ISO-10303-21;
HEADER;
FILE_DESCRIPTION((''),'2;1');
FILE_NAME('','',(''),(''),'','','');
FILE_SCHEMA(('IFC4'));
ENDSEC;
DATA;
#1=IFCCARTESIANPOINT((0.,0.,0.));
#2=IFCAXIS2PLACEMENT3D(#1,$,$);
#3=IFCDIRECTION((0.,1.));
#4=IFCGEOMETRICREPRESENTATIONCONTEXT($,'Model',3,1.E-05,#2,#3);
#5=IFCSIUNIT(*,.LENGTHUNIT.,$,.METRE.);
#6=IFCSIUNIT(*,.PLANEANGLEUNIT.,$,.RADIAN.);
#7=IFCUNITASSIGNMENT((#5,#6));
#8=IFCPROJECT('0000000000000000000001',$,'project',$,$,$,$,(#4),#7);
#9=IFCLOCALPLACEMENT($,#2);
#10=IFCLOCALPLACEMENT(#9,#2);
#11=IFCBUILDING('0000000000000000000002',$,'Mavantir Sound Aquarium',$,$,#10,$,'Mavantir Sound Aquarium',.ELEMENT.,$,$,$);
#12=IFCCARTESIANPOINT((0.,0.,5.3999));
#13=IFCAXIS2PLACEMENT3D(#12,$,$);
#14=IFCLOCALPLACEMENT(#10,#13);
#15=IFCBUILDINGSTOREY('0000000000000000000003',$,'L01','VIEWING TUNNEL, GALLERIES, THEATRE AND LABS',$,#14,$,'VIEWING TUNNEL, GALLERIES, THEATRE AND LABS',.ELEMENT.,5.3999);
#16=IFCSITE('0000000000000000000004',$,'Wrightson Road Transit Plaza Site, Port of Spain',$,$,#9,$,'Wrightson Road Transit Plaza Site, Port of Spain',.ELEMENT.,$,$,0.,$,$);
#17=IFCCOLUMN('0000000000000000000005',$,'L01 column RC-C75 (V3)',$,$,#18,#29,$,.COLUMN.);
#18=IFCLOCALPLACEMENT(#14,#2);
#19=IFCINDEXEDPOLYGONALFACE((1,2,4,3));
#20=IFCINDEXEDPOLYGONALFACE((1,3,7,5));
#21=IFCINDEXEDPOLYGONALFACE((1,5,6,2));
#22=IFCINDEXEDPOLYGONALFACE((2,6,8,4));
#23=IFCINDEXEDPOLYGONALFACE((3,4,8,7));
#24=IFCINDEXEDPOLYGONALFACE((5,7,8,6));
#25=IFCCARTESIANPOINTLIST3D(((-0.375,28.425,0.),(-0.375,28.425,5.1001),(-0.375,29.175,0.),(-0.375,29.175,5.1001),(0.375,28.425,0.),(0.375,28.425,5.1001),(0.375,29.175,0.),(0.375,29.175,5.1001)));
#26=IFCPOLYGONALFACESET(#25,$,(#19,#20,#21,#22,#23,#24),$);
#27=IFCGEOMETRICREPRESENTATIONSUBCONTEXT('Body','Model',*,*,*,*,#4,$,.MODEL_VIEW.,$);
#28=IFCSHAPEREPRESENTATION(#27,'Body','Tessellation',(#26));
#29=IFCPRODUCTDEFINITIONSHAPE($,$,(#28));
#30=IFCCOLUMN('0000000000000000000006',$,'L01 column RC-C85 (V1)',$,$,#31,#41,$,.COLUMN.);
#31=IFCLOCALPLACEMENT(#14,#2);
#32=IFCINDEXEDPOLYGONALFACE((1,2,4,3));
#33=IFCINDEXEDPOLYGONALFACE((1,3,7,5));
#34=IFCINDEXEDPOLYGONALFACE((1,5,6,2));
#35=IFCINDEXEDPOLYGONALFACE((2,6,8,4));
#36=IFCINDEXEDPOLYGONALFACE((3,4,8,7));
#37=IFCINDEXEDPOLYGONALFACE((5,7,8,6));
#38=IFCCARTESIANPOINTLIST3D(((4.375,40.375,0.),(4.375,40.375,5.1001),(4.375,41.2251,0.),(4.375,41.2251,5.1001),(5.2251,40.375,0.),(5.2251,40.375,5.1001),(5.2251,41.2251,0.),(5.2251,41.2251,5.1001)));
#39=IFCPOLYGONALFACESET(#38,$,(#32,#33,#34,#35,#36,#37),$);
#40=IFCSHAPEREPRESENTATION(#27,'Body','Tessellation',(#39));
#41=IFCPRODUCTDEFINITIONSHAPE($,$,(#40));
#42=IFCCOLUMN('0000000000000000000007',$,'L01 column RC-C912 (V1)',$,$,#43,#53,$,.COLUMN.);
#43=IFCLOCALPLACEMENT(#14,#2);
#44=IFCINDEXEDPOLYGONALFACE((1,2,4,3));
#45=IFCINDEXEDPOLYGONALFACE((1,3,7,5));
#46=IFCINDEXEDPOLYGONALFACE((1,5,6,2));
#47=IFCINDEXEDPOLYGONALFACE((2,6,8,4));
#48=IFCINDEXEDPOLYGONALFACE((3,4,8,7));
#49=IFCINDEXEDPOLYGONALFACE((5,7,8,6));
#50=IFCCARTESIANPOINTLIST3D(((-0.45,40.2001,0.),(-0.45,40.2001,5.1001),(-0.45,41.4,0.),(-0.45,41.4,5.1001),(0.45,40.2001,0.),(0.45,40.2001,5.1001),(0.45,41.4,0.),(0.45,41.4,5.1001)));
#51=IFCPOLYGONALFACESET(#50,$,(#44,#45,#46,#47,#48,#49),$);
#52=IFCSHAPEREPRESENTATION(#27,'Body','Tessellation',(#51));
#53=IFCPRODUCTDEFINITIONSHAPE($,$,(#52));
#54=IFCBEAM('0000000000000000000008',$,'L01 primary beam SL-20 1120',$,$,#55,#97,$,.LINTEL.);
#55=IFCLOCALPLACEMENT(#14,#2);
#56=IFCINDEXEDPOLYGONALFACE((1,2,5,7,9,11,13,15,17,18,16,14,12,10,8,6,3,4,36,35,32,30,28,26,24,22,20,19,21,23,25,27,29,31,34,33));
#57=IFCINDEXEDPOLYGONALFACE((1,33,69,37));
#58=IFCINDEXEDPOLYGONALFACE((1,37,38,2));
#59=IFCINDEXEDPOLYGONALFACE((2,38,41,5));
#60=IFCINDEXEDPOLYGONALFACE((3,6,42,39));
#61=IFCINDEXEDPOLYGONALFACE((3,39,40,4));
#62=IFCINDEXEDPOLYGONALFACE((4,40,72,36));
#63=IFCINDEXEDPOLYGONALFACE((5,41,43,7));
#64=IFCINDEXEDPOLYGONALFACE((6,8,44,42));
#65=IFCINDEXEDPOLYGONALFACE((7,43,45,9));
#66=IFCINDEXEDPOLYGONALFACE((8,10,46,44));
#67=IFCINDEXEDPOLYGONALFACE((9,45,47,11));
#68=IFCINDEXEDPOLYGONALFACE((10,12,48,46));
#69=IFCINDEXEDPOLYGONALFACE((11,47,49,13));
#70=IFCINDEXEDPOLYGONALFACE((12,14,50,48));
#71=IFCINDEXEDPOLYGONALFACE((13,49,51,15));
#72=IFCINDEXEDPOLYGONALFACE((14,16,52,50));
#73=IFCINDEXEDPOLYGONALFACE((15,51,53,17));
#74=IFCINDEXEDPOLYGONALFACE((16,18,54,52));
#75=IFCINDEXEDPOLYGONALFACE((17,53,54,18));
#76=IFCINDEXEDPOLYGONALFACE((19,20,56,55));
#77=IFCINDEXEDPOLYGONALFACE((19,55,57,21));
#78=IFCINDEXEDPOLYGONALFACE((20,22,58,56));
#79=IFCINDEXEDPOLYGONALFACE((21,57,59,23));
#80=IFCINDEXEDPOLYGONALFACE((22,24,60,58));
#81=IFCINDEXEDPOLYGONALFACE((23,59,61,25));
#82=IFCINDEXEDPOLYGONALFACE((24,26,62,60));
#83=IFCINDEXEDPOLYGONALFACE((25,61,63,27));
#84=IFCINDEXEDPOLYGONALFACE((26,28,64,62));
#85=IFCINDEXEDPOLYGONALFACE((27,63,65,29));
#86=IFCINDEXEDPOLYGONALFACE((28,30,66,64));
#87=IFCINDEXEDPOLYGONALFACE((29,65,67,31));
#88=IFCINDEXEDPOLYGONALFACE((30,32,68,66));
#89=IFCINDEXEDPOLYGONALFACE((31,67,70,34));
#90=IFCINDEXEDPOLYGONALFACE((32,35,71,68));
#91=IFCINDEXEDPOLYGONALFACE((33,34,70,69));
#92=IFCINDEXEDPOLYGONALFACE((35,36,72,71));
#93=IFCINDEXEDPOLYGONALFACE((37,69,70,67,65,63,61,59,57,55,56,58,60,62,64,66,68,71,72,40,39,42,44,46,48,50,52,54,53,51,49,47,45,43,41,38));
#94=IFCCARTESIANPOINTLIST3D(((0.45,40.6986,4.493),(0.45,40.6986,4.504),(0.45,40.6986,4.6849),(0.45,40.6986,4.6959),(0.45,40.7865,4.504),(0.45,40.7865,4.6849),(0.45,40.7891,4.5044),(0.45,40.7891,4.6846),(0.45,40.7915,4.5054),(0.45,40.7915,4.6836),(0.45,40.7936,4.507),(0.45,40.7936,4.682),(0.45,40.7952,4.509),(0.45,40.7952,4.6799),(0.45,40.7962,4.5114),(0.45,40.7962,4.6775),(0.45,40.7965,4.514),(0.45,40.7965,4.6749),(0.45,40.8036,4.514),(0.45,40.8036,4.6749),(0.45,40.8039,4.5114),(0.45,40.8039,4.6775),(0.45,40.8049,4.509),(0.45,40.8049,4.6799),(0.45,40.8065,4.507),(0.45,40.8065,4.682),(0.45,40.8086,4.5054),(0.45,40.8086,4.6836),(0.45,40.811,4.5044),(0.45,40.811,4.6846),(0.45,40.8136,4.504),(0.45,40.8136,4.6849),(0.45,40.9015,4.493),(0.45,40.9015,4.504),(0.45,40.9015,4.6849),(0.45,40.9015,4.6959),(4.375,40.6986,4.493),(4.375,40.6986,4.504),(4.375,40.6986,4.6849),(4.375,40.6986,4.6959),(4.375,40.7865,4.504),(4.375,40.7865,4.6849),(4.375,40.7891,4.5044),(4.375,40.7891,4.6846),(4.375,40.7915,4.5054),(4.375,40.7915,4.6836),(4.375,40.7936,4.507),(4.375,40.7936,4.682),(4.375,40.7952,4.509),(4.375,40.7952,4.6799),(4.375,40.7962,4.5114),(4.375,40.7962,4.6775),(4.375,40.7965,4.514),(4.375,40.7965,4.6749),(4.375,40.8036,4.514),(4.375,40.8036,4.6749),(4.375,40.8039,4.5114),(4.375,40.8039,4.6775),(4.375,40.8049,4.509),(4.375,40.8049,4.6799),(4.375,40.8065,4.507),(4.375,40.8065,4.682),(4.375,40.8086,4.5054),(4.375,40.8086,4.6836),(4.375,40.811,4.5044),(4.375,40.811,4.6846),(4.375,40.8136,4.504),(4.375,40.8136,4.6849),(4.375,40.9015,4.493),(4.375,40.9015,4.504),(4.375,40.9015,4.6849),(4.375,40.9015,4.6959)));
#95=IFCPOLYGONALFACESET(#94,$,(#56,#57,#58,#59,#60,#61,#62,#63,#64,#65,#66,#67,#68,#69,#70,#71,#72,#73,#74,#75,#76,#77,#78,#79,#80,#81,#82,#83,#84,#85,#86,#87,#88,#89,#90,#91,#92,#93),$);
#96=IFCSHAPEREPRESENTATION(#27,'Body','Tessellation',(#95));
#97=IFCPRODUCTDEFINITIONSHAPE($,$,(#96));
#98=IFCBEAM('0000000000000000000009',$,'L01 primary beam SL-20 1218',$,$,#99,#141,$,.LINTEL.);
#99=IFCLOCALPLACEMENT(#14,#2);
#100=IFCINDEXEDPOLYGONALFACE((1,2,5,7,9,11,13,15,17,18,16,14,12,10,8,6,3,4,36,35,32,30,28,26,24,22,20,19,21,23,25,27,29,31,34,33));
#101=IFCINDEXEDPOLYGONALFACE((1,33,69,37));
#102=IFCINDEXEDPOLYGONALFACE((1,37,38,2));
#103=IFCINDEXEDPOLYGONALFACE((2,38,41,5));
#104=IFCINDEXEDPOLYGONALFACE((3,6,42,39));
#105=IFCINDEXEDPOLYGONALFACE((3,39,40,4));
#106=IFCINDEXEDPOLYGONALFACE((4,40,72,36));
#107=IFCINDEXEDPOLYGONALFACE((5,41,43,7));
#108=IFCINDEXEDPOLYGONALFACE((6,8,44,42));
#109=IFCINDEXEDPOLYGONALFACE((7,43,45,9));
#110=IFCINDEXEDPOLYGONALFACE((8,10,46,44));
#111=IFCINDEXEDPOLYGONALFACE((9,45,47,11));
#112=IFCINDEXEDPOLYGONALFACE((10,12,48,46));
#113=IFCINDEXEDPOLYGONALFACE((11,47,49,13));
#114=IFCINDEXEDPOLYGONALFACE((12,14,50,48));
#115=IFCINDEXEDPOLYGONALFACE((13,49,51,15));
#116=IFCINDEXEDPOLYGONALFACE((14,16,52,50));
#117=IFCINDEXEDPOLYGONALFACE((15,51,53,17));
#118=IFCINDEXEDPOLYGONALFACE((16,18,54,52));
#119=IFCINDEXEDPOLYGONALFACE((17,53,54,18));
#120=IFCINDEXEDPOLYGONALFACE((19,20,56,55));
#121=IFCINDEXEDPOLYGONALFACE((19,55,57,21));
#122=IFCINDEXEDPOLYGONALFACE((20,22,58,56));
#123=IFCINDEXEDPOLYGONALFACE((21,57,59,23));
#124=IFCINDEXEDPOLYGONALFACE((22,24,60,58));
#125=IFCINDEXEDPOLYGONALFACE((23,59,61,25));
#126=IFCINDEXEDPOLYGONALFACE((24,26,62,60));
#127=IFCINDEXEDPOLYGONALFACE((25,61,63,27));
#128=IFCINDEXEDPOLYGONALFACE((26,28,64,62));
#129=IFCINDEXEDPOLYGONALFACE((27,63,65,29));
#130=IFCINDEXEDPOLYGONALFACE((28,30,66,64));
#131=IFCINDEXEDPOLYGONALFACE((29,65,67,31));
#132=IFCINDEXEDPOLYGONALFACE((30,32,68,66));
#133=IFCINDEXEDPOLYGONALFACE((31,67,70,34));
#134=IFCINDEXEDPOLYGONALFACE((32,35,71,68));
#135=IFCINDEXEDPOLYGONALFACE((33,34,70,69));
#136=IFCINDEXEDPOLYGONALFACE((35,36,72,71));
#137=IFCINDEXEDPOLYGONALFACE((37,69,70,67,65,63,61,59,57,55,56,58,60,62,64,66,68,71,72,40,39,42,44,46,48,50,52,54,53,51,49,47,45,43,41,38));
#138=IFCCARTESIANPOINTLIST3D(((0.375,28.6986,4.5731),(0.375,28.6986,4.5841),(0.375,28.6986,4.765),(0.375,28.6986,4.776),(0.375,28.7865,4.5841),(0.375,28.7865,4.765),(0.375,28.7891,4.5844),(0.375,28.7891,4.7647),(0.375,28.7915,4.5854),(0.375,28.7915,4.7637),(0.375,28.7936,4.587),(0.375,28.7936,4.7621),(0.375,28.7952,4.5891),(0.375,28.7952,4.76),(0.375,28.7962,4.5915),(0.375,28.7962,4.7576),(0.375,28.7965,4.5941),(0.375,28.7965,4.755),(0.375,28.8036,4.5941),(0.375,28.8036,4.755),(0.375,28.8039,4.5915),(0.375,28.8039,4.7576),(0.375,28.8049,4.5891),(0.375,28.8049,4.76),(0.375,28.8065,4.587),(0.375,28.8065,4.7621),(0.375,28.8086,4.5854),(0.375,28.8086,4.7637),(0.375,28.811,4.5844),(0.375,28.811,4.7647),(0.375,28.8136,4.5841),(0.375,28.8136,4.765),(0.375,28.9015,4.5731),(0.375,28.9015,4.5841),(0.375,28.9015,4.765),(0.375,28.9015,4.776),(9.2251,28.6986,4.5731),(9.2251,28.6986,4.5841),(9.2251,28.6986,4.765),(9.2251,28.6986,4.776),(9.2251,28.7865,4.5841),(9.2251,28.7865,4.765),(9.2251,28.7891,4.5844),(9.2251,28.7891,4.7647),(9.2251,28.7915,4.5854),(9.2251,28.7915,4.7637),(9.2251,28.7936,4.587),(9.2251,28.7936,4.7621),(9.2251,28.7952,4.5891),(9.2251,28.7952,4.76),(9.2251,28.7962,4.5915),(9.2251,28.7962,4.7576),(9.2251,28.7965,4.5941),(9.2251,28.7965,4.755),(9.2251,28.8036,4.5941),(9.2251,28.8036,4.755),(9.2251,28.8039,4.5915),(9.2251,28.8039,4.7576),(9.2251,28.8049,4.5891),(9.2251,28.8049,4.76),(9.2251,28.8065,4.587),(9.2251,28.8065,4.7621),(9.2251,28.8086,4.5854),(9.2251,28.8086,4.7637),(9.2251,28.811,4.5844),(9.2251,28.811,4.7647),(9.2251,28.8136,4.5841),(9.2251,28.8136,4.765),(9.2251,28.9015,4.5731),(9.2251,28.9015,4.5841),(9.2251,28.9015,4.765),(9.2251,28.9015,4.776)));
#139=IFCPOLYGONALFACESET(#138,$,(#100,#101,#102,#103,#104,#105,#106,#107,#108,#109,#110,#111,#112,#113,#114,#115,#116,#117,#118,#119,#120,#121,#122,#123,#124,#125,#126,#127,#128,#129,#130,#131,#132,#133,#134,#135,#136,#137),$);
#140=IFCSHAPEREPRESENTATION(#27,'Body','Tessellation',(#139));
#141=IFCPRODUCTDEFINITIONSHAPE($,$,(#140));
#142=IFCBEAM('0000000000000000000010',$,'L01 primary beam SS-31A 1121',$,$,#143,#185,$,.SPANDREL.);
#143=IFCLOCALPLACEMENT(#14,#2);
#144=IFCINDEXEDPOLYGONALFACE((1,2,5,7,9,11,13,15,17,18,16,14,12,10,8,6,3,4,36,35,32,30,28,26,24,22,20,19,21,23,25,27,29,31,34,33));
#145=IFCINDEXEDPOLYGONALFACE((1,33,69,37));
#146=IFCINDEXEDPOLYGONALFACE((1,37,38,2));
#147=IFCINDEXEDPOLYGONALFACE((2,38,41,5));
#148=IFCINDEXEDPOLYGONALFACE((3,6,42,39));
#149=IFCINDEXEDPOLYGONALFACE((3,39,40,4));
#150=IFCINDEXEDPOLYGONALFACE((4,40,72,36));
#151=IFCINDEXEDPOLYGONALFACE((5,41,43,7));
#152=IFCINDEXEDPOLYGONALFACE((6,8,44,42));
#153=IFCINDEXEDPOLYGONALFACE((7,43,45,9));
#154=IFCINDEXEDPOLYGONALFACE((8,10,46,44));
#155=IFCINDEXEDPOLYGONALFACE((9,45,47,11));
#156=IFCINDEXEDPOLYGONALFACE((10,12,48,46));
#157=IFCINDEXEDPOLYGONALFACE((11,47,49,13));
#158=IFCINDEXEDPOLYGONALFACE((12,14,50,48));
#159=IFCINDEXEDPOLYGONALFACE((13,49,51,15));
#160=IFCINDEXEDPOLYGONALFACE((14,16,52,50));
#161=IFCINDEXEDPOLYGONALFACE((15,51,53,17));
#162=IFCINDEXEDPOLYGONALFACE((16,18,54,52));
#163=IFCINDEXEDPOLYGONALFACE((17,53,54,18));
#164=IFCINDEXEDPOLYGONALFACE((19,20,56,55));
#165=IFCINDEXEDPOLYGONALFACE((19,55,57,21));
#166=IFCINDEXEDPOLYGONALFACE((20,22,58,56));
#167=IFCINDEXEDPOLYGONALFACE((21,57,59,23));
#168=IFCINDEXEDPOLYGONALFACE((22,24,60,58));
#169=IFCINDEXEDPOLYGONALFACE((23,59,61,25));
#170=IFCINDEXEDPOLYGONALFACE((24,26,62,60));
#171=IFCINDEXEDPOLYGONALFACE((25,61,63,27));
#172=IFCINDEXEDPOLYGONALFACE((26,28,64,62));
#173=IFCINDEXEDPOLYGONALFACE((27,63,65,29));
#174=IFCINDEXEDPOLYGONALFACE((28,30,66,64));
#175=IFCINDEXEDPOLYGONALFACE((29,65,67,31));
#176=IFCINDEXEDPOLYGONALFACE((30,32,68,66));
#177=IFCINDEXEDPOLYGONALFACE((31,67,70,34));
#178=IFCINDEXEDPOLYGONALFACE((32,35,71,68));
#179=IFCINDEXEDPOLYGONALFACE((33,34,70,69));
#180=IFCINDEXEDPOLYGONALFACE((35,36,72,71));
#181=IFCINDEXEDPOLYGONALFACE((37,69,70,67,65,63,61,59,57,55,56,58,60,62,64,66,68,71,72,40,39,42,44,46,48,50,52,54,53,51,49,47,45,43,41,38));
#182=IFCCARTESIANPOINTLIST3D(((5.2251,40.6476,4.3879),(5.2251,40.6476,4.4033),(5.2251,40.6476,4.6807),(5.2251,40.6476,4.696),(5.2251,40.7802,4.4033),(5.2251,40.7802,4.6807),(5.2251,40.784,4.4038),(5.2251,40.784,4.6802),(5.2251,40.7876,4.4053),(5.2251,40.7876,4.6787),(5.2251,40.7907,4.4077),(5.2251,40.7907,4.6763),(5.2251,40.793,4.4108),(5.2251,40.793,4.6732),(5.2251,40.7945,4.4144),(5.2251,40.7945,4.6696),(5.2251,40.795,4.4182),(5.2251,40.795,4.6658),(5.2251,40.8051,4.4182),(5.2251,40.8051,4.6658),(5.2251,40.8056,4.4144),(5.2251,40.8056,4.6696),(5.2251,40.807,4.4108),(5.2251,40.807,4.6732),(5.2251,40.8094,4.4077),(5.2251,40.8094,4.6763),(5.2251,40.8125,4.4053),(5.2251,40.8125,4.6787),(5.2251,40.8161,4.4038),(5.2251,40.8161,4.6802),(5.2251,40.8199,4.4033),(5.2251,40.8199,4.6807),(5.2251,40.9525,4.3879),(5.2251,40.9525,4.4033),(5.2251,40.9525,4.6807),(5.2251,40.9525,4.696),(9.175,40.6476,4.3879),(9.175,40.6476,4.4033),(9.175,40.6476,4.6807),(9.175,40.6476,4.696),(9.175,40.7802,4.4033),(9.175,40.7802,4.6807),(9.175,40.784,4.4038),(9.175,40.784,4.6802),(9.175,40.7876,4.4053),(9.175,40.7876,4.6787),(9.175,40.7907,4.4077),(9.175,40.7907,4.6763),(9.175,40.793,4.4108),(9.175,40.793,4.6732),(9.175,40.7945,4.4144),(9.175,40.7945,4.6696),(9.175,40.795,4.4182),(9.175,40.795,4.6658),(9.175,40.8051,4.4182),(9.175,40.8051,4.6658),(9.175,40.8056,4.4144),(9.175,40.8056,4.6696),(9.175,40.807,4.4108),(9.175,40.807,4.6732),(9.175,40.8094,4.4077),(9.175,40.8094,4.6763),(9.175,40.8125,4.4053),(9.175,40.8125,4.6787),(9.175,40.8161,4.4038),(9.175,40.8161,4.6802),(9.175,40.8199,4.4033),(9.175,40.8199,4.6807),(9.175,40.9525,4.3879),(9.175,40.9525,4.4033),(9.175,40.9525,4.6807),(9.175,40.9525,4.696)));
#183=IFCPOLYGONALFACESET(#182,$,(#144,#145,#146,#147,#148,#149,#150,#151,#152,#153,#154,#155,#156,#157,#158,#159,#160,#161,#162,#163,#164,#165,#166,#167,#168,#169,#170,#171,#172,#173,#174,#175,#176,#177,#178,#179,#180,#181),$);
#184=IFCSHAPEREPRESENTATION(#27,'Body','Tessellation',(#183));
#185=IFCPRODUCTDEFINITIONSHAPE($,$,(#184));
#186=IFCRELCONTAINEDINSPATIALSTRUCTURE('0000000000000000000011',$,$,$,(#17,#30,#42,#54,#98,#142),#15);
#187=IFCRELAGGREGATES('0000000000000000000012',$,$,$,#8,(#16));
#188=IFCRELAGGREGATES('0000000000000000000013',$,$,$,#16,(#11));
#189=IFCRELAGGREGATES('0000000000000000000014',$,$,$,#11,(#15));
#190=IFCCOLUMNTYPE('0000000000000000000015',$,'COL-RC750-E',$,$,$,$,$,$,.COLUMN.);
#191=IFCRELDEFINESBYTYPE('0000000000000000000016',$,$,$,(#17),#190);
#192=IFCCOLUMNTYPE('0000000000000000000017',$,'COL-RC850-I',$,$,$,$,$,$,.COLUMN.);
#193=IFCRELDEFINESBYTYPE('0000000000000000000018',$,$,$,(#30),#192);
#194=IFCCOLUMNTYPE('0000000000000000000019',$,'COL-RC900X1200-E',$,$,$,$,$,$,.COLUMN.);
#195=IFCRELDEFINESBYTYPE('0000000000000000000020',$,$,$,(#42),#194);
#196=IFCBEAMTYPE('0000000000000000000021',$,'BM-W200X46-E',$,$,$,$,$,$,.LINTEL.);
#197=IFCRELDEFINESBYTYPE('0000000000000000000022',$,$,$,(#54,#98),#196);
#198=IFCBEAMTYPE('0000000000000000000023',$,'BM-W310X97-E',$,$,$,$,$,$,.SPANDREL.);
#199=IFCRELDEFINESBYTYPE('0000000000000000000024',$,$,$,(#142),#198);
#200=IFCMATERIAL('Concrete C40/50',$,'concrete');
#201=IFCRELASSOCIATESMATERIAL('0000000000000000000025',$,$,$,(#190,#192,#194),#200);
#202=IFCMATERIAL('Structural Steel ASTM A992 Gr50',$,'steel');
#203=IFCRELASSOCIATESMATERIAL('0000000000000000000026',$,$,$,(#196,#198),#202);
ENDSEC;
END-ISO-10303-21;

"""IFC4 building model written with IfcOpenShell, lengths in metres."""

from ifc_helpers import new_model, si_unit, direction, frame, origin, origin_2d, place, context, subcontext, project, spatial, rectangle, i_section, extrude, material, material_profile, profile_set, type_object, element, save


model = new_model("IFC4")

# Units and contexts
model_context = context("Model", 3, precision=1e-05, world=origin(), true_north=direction((0.0, 1.0)))
body_context = subcontext(model_context, "Body", "Model", "MODEL_VIEW")
ifc_project = project(units=[si_unit("LENGTHUNIT", "METRE"), si_unit("PLANEANGLEUNIT", "RADIAN")], contexts=[model_context])

# Site, building, storey
site_placement = place(None, origin())
site = spatial("IfcSite", under=ifc_project, at=site_placement, Name="Wrightson Road Transit Plaza Site, Port of Spain", LongName="Wrightson Road Transit Plaza Site, Port of Spain", CompositionType="ELEMENT", RefElevation=0.0)
building_placement = place(site_placement, origin())
building = spatial("IfcBuilding", under=site, at=building_placement, Name="Mavantir Sound Aquarium", LongName="Mavantir Sound Aquarium", CompositionType="ELEMENT")
storey_placement = place(building_placement, frame((0.0, 0.0, 5.3999)))
storey = spatial("IfcBuildingStorey", under=building, at=storey_placement, Name="L01", Description="VIEWING TUNNEL, GALLERIES, THEATRE AND LABS", LongName="VIEWING TUNNEL, GALLERIES, THEATRE AND LABS", CompositionType="ELEMENT", Elevation=5.3999)

# Columns
ifc_material_1 = material(Name="Concrete C40/50", Category="concrete")
ifc_material_profile_1 = material_profile(ifc_material_1, rectangle(XDim=0.75, YDim=0.75, at=origin_2d()), Name="RC 750X750")
ifc_profile_set_1 = profile_set([ifc_material_profile_1], Name="Concrete C40/50")
column_type_1 = type_object("IfcColumnType", Name="COL-RC750-E", PredefinedType="COLUMN", material=ifc_profile_set_1)
column_1_placement = place(storey_placement, frame((0.0, 28.8, 0.0), z_axis=(0.0, 0.0, 1.0), x_axis=(1.0, 0.0, 0.0)))
element("IfcColumn", 1, at=column_1_placement, inside=storey, type_object=column_type_1, Name="L01 column RC-C75 (V3)", PredefinedType="COLUMN", context=body_context, shape_type="SweptSolid", body=[
    extrude(rectangle(XDim=0.75, YDim=0.75, at=origin_2d()), origin(), (0.0, 0.0, 1.0), 5.1001),
])
ifc_material_profile_2 = material_profile(ifc_material_1, rectangle(XDim=0.8501, YDim=0.8501, at=origin_2d()), Name="RC 850X850")
ifc_profile_set_2 = profile_set([ifc_material_profile_2], Name="Concrete C40/50")
column_type_2 = type_object("IfcColumnType", Name="COL-RC850-I", PredefinedType="COLUMN", material=ifc_profile_set_2)
column_2_placement = place(storey_placement, frame((4.8, 40.8, 0.0), z_axis=(0.0, 0.0, 1.0), x_axis=(1.0, 0.0, 0.0)))
element("IfcColumn", 2, at=column_2_placement, inside=storey, type_object=column_type_2, Name="L01 column RC-C85 (V1)", PredefinedType="COLUMN", context=body_context, shape_type="SweptSolid", body=[
    extrude(rectangle(XDim=0.8501, YDim=0.8501, at=origin_2d()), origin(), (0.0, 0.0, 1.0), 5.1001),
])
ifc_material_profile_3 = material_profile(ifc_material_1, rectangle(XDim=0.8999, YDim=1.2, at=origin_2d()), Name="RC 900X1200")
ifc_profile_set_3 = profile_set([ifc_material_profile_3], Name="Concrete C40/50")
column_type_3 = type_object("IfcColumnType", Name="COL-RC900X1200-E", PredefinedType="COLUMN", material=ifc_profile_set_3)
column_3_placement = place(storey_placement, frame((0.0, 40.8, 0.0), z_axis=(0.0, 0.0, 1.0), x_axis=(1.0, 0.0, 0.0)))
element("IfcColumn", 3, at=column_3_placement, inside=storey, type_object=column_type_3, Name="L01 column RC-C912 (V1)", PredefinedType="COLUMN", context=body_context, shape_type="SweptSolid", body=[
    extrude(rectangle(XDim=0.8999, YDim=1.2, at=origin_2d()), origin(), (0.0, 0.0, 1.0), 5.1001),
])

# Beams
ifc_material_2 = material(Name="Structural Steel ASTM A992 Gr50", Category="steel")
ifc_material_profile_4 = material_profile(ifc_material_2, i_section(OverallWidth=0.2029, OverallDepth=0.2029, WebThickness=0.0071, FlangeThickness=0.011, FilletRadius=0.01, at=origin_2d()), Name="W200X46")
ifc_profile_set_4 = profile_set([ifc_material_profile_4], Name="Structural Steel ASTM A992 Gr50")
beam_type_1 = type_object("IfcBeamType", Name="BM-W200X46-E", PredefinedType="LINTEL", material=ifc_profile_set_4)
beam_1_placement = place(storey_placement, frame((0.45, 40.8, 4.5945), z_axis=(1.0, 0.0, 0.0), x_axis=(0.0, 1.0, 0.0)))
element("IfcBeam", 4, at=beam_1_placement, inside=storey, type_object=beam_type_1, Name="L01 primary beam SL-20 1120", PredefinedType="LINTEL", context=body_context, shape_type="SweptSolid", body=[
    extrude(i_section(OverallWidth=0.2029, OverallDepth=0.2029, WebThickness=0.0071, FlangeThickness=0.011, FilletRadius=0.01, at=origin_2d()), origin(), (0.0, 0.0, 1.0), 3.925),
])
beam_2_placement = place(storey_placement, frame((0.375, 28.8, 4.6746), z_axis=(1.0, 0.0, 0.0), x_axis=(0.0, 1.0, 0.0)))
element("IfcBeam", 5, at=beam_2_placement, inside=storey, type_object=beam_type_1, Name="L01 primary beam SL-20 1218", PredefinedType="LINTEL", context=body_context, shape_type="SweptSolid", body=[
    extrude(i_section(OverallWidth=0.2029, OverallDepth=0.2029, WebThickness=0.0071, FlangeThickness=0.011, FilletRadius=0.01, at=origin_2d()), origin(), (0.0, 0.0, 1.0), 8.8501),
])
ifc_material_profile_5 = material_profile(ifc_material_2, i_section(OverallWidth=0.3049, OverallDepth=0.3081, WebThickness=0.01, FlangeThickness=0.0154, FilletRadius=0.0149, at=origin_2d()), Name="W310X97")
ifc_profile_set_5 = profile_set([ifc_material_profile_5], Name="Structural Steel ASTM A992 Gr50")
beam_type_2 = type_object("IfcBeamType", Name="BM-W310X97-E", PredefinedType="SPANDREL", material=ifc_profile_set_5)
beam_3_placement = place(storey_placement, frame((5.2251, 40.8, 4.542), z_axis=(1.0, 0.0, 0.0), x_axis=(0.0, 1.0, 0.0)))
element("IfcBeam", 6, at=beam_3_placement, inside=storey, type_object=beam_type_2, Name="L01 primary beam SS-31A 1121", PredefinedType="SPANDREL", context=body_context, shape_type="SweptSolid", body=[
    extrude(i_section(OverallWidth=0.3049, OverallDepth=0.3081, WebThickness=0.01, FlangeThickness=0.0154, FilletRadius=0.0149, at=origin_2d()), origin(), (0.0, 0.0, 1.0), 3.95),
])

save(model, "model.ifc")
